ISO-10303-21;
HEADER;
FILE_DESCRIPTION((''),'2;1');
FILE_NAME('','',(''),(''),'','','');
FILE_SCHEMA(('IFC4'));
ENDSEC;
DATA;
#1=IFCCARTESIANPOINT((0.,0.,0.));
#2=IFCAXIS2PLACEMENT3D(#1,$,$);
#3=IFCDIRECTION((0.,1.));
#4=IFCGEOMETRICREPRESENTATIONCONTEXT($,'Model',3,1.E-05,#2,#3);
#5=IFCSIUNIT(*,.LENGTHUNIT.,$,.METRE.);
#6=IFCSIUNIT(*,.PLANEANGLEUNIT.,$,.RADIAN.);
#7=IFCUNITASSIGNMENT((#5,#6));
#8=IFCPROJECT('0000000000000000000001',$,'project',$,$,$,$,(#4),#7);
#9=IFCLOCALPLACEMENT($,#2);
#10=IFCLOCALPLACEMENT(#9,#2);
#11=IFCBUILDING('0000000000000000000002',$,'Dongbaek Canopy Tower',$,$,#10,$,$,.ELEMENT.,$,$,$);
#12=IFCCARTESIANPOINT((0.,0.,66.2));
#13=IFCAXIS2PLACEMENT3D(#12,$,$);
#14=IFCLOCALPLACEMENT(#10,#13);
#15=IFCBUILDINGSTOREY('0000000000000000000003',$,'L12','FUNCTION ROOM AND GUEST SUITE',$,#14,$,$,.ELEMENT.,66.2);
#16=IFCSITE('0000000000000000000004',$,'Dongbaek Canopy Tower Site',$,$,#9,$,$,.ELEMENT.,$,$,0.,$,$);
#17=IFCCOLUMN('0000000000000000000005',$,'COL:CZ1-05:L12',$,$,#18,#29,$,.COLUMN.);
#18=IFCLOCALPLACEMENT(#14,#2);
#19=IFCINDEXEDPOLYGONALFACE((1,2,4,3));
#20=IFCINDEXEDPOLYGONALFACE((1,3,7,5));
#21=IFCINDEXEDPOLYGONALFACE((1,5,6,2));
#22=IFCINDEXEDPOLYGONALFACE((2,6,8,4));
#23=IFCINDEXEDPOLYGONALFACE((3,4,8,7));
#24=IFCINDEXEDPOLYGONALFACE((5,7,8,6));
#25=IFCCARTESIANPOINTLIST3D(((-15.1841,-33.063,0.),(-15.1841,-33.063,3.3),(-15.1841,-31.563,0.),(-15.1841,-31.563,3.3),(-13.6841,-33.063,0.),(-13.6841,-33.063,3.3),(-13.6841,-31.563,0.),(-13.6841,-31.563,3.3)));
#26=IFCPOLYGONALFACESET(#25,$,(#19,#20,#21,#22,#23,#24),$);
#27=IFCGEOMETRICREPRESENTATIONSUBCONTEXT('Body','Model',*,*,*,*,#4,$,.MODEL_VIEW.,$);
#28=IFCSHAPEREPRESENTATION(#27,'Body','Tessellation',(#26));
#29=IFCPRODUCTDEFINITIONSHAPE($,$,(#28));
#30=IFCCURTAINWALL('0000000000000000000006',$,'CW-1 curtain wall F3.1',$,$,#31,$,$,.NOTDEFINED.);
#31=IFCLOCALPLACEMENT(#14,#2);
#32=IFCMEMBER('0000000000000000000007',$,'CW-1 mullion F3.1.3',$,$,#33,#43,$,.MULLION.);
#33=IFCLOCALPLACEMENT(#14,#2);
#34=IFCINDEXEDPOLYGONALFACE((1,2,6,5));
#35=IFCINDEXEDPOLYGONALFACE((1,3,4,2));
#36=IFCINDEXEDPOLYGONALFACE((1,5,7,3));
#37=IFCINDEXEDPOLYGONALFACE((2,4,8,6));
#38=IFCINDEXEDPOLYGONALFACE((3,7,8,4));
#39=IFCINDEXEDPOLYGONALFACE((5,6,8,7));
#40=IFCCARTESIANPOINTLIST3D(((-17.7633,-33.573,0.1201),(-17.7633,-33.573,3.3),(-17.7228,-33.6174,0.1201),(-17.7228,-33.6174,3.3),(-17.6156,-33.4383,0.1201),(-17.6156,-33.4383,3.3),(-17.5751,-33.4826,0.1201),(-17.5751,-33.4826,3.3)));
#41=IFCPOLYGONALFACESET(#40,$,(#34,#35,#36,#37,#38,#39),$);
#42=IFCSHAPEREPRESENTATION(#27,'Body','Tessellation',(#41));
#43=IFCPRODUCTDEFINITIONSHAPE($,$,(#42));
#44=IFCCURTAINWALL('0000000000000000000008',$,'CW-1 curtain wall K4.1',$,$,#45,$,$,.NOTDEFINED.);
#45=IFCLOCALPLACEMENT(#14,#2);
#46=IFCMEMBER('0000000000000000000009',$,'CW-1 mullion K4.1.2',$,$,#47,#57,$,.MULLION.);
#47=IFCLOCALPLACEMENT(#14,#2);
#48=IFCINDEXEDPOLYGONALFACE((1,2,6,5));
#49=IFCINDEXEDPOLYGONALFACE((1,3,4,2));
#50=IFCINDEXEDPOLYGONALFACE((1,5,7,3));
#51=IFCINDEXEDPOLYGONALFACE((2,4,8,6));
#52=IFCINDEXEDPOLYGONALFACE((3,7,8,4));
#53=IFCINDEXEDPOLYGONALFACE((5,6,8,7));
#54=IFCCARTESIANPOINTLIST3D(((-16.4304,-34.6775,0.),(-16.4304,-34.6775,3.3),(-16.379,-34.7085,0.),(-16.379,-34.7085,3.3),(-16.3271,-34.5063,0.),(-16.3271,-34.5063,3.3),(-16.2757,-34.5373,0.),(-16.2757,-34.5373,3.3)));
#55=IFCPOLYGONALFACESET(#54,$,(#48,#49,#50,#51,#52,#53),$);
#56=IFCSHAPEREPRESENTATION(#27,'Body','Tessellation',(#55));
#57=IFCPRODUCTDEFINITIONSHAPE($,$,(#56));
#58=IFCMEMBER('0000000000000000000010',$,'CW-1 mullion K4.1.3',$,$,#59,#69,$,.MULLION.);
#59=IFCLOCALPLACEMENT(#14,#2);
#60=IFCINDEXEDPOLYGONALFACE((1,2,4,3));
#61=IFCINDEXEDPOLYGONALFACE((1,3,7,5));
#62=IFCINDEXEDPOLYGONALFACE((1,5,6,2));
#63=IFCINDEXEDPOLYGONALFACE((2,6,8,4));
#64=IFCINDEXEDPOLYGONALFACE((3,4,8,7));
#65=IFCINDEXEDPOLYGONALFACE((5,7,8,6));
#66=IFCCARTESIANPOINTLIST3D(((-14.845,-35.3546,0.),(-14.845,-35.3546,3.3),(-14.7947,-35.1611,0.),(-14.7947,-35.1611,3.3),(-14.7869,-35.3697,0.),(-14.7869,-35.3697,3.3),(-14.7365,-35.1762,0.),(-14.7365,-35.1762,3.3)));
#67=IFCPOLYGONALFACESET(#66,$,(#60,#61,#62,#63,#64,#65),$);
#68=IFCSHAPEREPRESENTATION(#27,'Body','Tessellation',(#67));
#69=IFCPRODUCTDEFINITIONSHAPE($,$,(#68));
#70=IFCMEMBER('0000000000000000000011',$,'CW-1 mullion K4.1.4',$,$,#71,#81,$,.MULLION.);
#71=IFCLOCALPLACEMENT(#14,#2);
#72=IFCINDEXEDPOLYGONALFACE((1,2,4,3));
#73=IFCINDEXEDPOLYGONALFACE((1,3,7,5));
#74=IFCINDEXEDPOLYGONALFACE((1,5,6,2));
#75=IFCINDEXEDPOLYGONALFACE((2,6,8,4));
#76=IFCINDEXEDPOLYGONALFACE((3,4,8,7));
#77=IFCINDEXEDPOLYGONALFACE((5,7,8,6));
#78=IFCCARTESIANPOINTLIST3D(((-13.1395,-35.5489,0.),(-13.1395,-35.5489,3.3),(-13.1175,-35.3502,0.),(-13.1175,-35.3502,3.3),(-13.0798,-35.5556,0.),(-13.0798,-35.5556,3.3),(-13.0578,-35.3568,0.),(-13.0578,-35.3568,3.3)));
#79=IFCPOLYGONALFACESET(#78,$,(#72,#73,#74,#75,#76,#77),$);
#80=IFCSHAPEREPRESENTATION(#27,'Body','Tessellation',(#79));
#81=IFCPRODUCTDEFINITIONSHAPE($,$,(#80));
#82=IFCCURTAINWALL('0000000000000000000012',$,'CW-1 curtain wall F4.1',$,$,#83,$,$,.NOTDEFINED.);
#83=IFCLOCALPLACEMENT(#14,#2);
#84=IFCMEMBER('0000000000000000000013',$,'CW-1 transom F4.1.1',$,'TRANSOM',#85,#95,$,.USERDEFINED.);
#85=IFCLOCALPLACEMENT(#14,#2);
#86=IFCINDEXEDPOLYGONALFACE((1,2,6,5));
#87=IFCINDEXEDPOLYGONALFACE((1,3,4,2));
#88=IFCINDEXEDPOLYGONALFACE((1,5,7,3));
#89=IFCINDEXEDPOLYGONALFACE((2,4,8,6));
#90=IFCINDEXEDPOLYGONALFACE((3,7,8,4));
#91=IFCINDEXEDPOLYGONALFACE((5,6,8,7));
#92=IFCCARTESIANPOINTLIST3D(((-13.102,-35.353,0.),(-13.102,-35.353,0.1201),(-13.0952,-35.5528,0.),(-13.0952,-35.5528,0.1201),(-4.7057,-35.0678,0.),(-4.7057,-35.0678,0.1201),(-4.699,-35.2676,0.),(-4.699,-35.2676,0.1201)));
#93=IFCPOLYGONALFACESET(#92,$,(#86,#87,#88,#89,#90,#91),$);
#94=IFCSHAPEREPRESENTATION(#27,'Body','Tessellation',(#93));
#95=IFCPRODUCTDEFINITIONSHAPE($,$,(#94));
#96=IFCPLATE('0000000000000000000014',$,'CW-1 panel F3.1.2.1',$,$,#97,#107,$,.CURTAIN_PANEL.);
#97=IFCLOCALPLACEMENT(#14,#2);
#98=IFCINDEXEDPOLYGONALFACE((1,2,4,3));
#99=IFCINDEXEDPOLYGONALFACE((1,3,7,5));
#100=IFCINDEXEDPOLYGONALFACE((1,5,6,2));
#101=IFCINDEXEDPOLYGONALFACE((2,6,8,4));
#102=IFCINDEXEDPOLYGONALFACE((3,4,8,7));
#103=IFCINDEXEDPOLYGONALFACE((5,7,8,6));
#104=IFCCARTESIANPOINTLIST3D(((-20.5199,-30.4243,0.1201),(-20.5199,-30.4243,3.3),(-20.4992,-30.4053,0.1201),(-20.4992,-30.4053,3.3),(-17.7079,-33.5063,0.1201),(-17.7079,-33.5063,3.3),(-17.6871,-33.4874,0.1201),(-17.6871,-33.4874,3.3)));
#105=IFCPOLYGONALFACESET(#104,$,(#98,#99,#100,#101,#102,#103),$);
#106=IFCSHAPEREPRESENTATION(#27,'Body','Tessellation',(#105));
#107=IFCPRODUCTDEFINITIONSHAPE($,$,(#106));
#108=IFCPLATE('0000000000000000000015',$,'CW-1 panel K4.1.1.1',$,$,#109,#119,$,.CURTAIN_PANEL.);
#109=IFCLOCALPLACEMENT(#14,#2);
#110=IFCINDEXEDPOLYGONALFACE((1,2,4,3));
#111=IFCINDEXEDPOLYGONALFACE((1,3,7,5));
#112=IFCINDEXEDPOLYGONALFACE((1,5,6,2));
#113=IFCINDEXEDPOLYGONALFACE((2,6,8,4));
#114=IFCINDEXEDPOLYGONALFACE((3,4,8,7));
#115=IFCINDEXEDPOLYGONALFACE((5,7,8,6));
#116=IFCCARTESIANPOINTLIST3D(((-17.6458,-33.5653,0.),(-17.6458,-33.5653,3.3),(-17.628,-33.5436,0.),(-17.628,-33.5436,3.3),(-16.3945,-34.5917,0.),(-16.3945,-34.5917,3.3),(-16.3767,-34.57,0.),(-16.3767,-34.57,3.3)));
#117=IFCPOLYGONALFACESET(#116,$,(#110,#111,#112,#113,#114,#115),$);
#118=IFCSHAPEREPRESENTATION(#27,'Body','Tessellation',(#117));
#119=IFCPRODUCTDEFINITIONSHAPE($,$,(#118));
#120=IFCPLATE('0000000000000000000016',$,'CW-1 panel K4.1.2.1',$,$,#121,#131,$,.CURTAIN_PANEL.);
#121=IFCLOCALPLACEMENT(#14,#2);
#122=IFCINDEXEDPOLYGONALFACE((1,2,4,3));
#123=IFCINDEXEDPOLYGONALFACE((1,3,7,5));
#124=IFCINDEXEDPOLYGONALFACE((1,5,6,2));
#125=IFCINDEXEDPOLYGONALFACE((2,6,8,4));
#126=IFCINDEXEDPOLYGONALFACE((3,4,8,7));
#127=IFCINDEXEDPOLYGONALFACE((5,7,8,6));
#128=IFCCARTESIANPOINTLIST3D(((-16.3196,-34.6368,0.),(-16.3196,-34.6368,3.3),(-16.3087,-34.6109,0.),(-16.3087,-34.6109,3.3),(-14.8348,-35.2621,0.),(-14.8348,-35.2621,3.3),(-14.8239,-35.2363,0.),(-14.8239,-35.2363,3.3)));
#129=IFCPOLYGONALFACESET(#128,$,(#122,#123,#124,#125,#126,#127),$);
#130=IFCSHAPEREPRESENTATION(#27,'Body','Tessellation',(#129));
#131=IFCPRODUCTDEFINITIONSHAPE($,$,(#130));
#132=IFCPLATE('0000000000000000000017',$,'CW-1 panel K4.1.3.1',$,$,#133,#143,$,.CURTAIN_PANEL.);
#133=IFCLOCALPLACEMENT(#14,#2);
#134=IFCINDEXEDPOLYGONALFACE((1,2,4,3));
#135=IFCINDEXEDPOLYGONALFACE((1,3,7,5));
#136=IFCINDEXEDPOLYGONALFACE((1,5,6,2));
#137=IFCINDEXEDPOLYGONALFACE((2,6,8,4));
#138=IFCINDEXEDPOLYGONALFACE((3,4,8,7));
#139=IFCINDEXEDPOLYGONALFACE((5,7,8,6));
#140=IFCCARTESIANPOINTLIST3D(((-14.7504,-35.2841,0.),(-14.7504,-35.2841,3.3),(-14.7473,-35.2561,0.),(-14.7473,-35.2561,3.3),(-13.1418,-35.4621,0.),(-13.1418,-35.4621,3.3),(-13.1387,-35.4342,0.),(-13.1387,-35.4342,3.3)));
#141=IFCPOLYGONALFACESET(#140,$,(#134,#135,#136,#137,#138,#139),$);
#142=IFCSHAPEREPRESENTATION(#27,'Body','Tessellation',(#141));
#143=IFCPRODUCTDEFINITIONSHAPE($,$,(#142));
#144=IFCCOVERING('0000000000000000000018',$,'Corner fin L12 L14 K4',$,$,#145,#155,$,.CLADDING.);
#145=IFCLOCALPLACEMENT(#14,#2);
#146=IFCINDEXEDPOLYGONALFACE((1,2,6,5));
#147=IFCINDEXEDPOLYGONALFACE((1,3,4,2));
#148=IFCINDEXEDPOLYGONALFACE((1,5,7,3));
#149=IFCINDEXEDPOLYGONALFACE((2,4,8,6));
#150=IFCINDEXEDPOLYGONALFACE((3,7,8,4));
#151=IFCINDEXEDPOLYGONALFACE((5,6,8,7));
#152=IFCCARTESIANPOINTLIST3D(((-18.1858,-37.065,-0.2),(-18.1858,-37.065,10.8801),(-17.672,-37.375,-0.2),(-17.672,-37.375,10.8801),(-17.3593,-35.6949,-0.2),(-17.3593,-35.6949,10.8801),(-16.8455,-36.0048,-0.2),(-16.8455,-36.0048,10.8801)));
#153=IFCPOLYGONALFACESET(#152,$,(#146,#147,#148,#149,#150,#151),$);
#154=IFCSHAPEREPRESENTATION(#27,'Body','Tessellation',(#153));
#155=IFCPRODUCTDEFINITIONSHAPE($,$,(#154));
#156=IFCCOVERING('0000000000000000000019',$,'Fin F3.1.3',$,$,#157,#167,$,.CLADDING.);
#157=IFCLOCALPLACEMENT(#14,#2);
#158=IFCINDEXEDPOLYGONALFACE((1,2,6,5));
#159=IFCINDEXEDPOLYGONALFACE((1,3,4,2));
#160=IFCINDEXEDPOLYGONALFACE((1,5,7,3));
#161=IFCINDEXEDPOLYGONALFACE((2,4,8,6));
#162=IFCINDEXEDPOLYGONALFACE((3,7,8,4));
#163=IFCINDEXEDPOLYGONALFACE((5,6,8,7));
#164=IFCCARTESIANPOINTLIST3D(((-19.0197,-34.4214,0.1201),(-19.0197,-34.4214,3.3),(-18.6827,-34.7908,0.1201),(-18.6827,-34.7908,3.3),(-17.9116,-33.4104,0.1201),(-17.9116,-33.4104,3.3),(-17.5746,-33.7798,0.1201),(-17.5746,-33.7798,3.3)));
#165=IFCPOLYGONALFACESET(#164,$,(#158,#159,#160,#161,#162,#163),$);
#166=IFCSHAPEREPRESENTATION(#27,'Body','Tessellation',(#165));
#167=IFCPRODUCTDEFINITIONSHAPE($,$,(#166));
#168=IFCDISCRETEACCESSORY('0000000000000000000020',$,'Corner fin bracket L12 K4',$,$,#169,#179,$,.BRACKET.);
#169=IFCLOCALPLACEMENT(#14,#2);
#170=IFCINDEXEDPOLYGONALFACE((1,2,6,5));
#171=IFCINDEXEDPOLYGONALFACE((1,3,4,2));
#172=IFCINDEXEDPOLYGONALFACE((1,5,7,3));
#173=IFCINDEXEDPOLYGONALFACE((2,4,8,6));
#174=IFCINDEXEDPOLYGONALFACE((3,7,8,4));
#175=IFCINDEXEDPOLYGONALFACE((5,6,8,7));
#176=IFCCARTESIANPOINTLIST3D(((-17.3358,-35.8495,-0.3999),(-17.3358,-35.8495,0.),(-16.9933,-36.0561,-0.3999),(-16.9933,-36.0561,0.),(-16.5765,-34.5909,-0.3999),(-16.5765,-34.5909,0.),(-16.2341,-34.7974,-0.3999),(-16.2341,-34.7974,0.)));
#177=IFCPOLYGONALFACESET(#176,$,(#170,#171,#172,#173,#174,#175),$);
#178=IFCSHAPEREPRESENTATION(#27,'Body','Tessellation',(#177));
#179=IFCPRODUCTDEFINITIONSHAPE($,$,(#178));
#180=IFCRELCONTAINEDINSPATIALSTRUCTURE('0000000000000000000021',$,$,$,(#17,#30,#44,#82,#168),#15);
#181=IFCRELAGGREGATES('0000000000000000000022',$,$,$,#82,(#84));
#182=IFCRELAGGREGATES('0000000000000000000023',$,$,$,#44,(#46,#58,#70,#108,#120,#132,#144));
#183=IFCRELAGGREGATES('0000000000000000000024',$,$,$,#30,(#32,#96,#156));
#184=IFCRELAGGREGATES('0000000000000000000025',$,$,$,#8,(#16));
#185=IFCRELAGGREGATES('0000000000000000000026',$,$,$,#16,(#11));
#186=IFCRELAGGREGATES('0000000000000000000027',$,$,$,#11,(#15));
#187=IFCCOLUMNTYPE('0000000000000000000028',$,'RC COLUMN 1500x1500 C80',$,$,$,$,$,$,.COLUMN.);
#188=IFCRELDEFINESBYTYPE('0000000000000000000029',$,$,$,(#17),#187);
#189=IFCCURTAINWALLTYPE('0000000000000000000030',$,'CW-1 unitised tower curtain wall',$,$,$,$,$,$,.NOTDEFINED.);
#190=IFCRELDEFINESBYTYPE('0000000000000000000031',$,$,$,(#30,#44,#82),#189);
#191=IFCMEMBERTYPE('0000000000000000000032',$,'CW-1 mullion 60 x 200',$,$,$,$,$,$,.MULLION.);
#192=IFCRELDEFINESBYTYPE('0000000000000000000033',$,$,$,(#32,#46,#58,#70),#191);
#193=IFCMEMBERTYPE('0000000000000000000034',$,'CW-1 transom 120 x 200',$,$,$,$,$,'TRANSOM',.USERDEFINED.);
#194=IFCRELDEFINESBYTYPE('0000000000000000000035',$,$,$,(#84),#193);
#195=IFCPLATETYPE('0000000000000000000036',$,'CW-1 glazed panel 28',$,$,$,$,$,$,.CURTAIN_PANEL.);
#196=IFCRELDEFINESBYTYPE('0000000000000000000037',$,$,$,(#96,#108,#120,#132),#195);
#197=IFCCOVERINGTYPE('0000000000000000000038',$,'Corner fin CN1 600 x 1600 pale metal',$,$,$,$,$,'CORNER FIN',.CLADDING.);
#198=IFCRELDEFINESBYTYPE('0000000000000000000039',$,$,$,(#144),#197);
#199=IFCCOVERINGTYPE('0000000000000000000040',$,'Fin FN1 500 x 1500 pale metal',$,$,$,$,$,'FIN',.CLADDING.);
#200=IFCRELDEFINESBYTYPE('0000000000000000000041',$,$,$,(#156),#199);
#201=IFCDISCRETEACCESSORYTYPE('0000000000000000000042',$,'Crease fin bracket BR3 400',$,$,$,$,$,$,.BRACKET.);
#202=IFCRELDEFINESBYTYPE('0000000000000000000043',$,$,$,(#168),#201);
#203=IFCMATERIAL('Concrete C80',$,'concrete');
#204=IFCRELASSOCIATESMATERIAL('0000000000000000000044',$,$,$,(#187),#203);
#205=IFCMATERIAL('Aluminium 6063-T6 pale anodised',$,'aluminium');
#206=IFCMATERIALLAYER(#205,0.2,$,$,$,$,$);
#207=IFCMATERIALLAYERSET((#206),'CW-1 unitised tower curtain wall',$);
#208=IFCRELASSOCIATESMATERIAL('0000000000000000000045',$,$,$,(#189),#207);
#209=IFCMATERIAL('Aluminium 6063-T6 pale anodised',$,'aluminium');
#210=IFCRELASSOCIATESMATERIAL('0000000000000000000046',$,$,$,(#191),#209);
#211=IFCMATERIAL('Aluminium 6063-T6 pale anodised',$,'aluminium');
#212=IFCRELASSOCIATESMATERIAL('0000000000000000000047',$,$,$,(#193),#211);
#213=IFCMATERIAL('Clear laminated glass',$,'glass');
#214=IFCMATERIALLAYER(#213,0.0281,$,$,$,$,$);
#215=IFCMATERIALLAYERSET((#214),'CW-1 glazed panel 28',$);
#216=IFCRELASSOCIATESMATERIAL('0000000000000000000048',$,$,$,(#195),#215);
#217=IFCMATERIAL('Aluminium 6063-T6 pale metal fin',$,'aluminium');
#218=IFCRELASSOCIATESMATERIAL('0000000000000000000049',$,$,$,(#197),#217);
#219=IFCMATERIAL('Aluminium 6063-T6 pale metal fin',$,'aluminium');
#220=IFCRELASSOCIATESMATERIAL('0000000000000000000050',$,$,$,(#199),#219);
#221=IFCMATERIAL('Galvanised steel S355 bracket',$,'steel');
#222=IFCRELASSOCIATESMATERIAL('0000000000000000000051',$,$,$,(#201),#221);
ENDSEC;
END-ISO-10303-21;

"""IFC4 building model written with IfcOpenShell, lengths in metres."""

from ifc_helpers import new_model, si_unit, direction, frame, origin, origin_2d, place, context, subcontext, project, spatial, rectangle, extrude, material, layer, layer_set, material_profile, profile_set, type_object, element, aggregate, save


model = new_model("IFC4")

# Units and contexts
model_context = context("Model", 3, precision=1e-05, world=origin(), true_north=direction((0.0, 1.0)))
body_context = subcontext(model_context, "Body", "Model", "MODEL_VIEW")
ifc_project = project(units=[si_unit("LENGTHUNIT", "METRE"), si_unit("PLANEANGLEUNIT", "RADIAN")], contexts=[model_context])

# Site, building, storey
site_placement = place(None, origin())
site = spatial("IfcSite", under=ifc_project, at=site_placement, Name="Dongbaek Canopy Tower Site", CompositionType="ELEMENT", RefElevation=0.0)
building_placement = place(site_placement, origin())
building = spatial("IfcBuilding", under=site, at=building_placement, Name="Dongbaek Canopy Tower", CompositionType="ELEMENT")
storey_placement = place(building_placement, frame((0.0, 0.0, 66.2)))
storey = spatial("IfcBuildingStorey", under=building, at=storey_placement, Name="L12", Description="FUNCTION ROOM AND GUEST SUITE", CompositionType="ELEMENT", Elevation=66.2)

# Column
ifc_material_1 = material(Name="Concrete C80", Category="concrete")
ifc_material_profile_1 = material_profile(ifc_material_1, rectangle(XDim=1.5, YDim=1.5, at=origin_2d()), Name="RC COLUMN 1500x1500 C80")
ifc_profile_set_1 = profile_set([ifc_material_profile_1], Name="Concrete C80")
column_type = type_object("IfcColumnType", Name="RC COLUMN 1500x1500 C80", PredefinedType="COLUMN", material=ifc_profile_set_1)
column_placement = place(storey_placement, frame((-14.4341, -32.313, 0.0), z_axis=(0.0, 0.0, 1.0), x_axis=(1.0, 0.0, 0.0)))
element("IfcColumn", 1, at=column_placement, inside=storey, type_object=column_type, Name="COL:CZ1-05:L12", PredefinedType="COLUMN", context=body_context, shape_type="SweptSolid", body=[
    extrude(rectangle(XDim=1.5, YDim=1.5, at=origin_2d()), origin(), (0.0, 0.0, 1.0), 3.3),
])

# Curtain wall, member
ifc_material_2 = material(Name="Aluminium 6063-T6 pale anodised", Category="aluminium")
ifc_layer_1 = layer(ifc_material_2, 0.2)
ifc_layer_set_1 = layer_set([ifc_layer_1], Name="CW-1 unitised tower curtain wall")
curtain_wall_type = type_object("IfcCurtainWallType", Name="CW-1 unitised tower curtain wall", PredefinedType="NOTDEFINED", material=ifc_layer_set_1)
curtain_wall_1_placement = place(storey_placement, origin())
curtain_wall_1 = element("IfcCurtainWall", 2, at=curtain_wall_1_placement, inside=storey, type_object=curtain_wall_type, Name="CW-1 curtain wall F3.1", PredefinedType="NOTDEFINED")
ifc_material_3 = material(Name="Aluminium 6063-T6 pale anodised", Category="aluminium")
ifc_material_profile_2 = material_profile(ifc_material_3, rectangle(XDim=0.2, YDim=0.0601, at=origin_2d()), Name="CW-1 mullion 60 x 200")
ifc_profile_set_2 = profile_set([ifc_material_profile_2], Name="Aluminium 6063-T6 pale anodised")
member_type_1 = type_object("IfcMemberType", Name="CW-1 mullion 60 x 200", PredefinedType="MULLION", material=ifc_profile_set_2)
member_1_placement = place(storey_placement, frame((-17.6692, -33.5278, 0.1201), z_axis=(0.0, 0.0, 1.0), x_axis=(-0.73872, -0.674012, 0.0)))
member_1 = element("IfcMember", 3, at=member_1_placement, type_object=member_type_1, Name="CW-1 mullion F3.1.3", PredefinedType="MULLION", context=body_context, shape_type="SweptSolid", body=[
    extrude(rectangle(XDim=0.2, YDim=0.0601, at=origin_2d()), origin(), (0.0, 0.0, 1.0), 3.1799),
])

# Curtain wall, members
curtain_wall_2_placement = place(storey_placement, origin())
curtain_wall_2 = element("IfcCurtainWall", 4, at=curtain_wall_2_placement, inside=storey, type_object=curtain_wall_type, Name="CW-1 curtain wall K4.1", PredefinedType="NOTDEFINED")
member_2_placement = place(storey_placement, frame((-16.353, -34.6074, 0.0), z_axis=(0.0, 0.0, 1.0), x_axis=(-0.516535, -0.856266, 0.0)))
member_2 = element("IfcMember", 5, at=member_2_placement, type_object=member_type_1, Name="CW-1 mullion K4.1.2", PredefinedType="MULLION", context=body_context, shape_type="SweptSolid", body=[
    extrude(rectangle(XDim=0.2, YDim=0.0601, at=origin_2d()), origin(), (0.0, 0.0, 1.0), 3.3),
])
member_3_placement = place(storey_placement, frame((-14.7908, -35.2654, 0.0), z_axis=(0.0, 0.0, 1.0), x_axis=(-0.251694, -0.967807, 0.0)))
member_3 = element("IfcMember", 6, at=member_3_placement, type_object=member_type_1, Name="CW-1 mullion K4.1.3", PredefinedType="MULLION", context=body_context, shape_type="SweptSolid", body=[
    extrude(rectangle(XDim=0.2, YDim=0.0601, at=origin_2d()), origin(), (0.0, 0.0, 1.0), 3.3),
])
member_4_placement = place(storey_placement, frame((-13.0986, -35.4529, 0.0), z_axis=(0.0, 0.0, 1.0), x_axis=(-0.110022, -0.993929, 0.0)))
member_4 = element("IfcMember", 7, at=member_4_placement, type_object=member_type_1, Name="CW-1 mullion K4.1.4", PredefinedType="MULLION", context=body_context, shape_type="SweptSolid", body=[
    extrude(rectangle(XDim=0.2, YDim=0.0601, at=origin_2d()), origin(), (0.0, 0.0, 1.0), 3.3),
])

# Curtain wall, member
curtain_wall_3_placement = place(storey_placement, origin())
curtain_wall_3 = element("IfcCurtainWall", 8, at=curtain_wall_3_placement, inside=storey, type_object=curtain_wall_type, Name="CW-1 curtain wall F4.1", PredefinedType="NOTDEFINED")
ifc_material_4 = material(Name="Aluminium 6063-T6 pale anodised", Category="aluminium")
ifc_material_profile_3 = material_profile(ifc_material_4, rectangle(XDim=0.2, YDim=0.1201, at=origin_2d()), Name="CW-1 transom 120 x 200")
ifc_profile_set_3 = profile_set([ifc_material_profile_3], Name="Aluminium 6063-T6 pale anodised")
member_type_2 = type_object("IfcMemberType", Name="CW-1 transom 120 x 200", ElementType="TRANSOM", PredefinedType="USERDEFINED", material=ifc_profile_set_3)
member_5_placement = place(storey_placement, frame((-13.0986, -35.4529, 0.0601), z_axis=(0.999424, 0.033943, 0.0), x_axis=(-0.033943, 0.999424, 0.0)))
member_5 = element("IfcMember", 9, at=member_5_placement, type_object=member_type_2, Name="CW-1 transom F4.1.1", ObjectType="TRANSOM", PredefinedType="USERDEFINED", context=body_context, shape_type="SweptSolid", body=[
    extrude(rectangle(XDim=0.2, YDim=0.1201, at=origin_2d()), origin(), (0.0, 0.0, 1.0), 8.4011),
])
aggregate(curtain_wall_3, [member_5])

# Plates
ifc_material_5 = material(Name="Clear laminated glass", Category="glass")
ifc_layer_2 = layer(ifc_material_5, 0.0281)
ifc_layer_set_2 = layer_set([ifc_layer_2], Name="CW-1 glazed panel 28")
plate_type = type_object("IfcPlateType", Name="CW-1 glazed panel 28", PredefinedType="CURTAIN_PANEL", material=ifc_layer_set_2)
plate_1_placement = place(storey_placement, frame((-19.1035, -31.9558, 0.1201), z_axis=(0.0, 0.0, 1.0), x_axis=(0.674012, -0.73872, 0.0)))
plate_1 = element("IfcPlate", 10, at=plate_1_placement, type_object=plate_type, Name="CW-1 panel F3.1.2.1", PredefinedType="CURTAIN_PANEL", context=body_context, shape_type="SweptSolid", body=[
    extrude(rectangle(XDim=4.1721, YDim=0.0281, at=origin_2d()), origin(), (0.0, 0.0, 1.0), 3.1799),
])
plate_2_placement = place(storey_placement, frame((-17.0112, -34.0676, 0.0), z_axis=(0.0, 0.0, 1.0), x_axis=(0.773162, -0.634209, 0.0)))
plate_2 = element("IfcPlate", 11, at=plate_2_placement, type_object=plate_type, Name="CW-1 panel K4.1.1.1", PredefinedType="CURTAIN_PANEL", context=body_context, shape_type="SweptSolid", body=[
    extrude(rectangle(XDim=1.6184, YDim=0.0281, at=origin_2d()), origin(), (0.0, 0.0, 1.0), 3.3),
])
plate_3_placement = place(storey_placement, frame((-15.5718, -34.9365, 0.0), z_axis=(0.0, 0.0, 1.0), x_axis=(0.921599, -0.388142, 0.0)))
plate_3 = element("IfcPlate", 12, at=plate_3_placement, type_object=plate_type, Name="CW-1 panel K4.1.2.1", PredefinedType="CURTAIN_PANEL", context=body_context, shape_type="SweptSolid", body=[
    extrude(rectangle(XDim=1.6111, YDim=0.0281, at=origin_2d()), origin(), (0.0, 0.0, 1.0), 3.3),
])
plate_4_placement = place(storey_placement, frame((-13.9446, -35.3591, 0.0), z_axis=(0.0, 0.0, 1.0), x_axis=(0.993929, -0.110022, 0.0)))
plate_4 = element("IfcPlate", 13, at=plate_4_placement, type_object=plate_type, Name="CW-1 panel K4.1.3.1", PredefinedType="CURTAIN_PANEL", context=body_context, shape_type="SweptSolid", body=[
    extrude(rectangle(XDim=1.6184, YDim=0.0281, at=origin_2d()), origin(), (0.0, 0.0, 1.0), 3.3),
])

# Coverings
ifc_material_6 = material(Name="Aluminium 6063-T6 pale metal fin", Category="aluminium")
ifc_material_profile_4 = material_profile(ifc_material_6, rectangle(XDim=1.6001, YDim=0.6001, at=origin_2d()), Name="Corner fin CN1 600 x 1600 pale metal")
ifc_profile_set_4 = profile_set([ifc_material_profile_4], Name="Aluminium 6063-T6 pale metal fin")
covering_type_1 = type_object("IfcCoveringType", Name="Corner fin CN1 600 x 1600 pale metal", ElementType="CORNER FIN", PredefinedType="CLADDING", material=ifc_profile_set_4)
covering_1_placement = place(storey_placement, frame((-17.5156, -36.5349, -0.2), z_axis=(0.0, 0.0, 1.0), x_axis=(-0.516535, -0.856266, 0.0)))
covering_1 = element("IfcCovering", 14, at=covering_1_placement, type_object=covering_type_1, Name="Corner fin L12 L14 K4", PredefinedType="CLADDING", context=body_context, shape_type="SweptSolid", body=[
    extrude(rectangle(XDim=1.6001, YDim=0.6001, at=origin_2d()), origin(), (0.0, 0.0, 1.0), 11.0801),
])
aggregate(curtain_wall_2, [member_2, member_3, member_4, plate_2, plate_3, plate_4, covering_1])
ifc_material_7 = material(Name="Aluminium 6063-T6 pale metal fin", Category="aluminium")
ifc_material_profile_5 = material_profile(ifc_material_7, rectangle(XDim=1.5, YDim=0.5, at=origin_2d()), Name="Fin FN1 500 x 1500 pale metal")
ifc_profile_set_5 = profile_set([ifc_material_profile_5], Name="Aluminium 6063-T6 pale metal fin")
covering_type_2 = type_object("IfcCoveringType", Name="Fin FN1 500 x 1500 pale metal", ElementType="FIN", PredefinedType="CLADDING", material=ifc_profile_set_5)
covering_2_placement = place(storey_placement, frame((-18.2971, -34.1006, 0.1201), z_axis=(0.0, 0.0, 1.0), x_axis=(-0.73872, -0.674012, 0.0)))
covering_2 = element("IfcCovering", 15, at=covering_2_placement, type_object=covering_type_2, Name="Fin F3.1.3", PredefinedType="CLADDING", context=body_context, shape_type="SweptSolid", body=[
    extrude(rectangle(XDim=1.5, YDim=0.5, at=origin_2d()), origin(), (0.0, 0.0, 1.0), 3.1799),
])
aggregate(curtain_wall_1, [member_1, plate_1, covering_2])

# Discrete accessory
ifc_material_8 = material(Name="Galvanised steel S355 bracket", Category="steel")
discrete_accessory_type = type_object("IfcDiscreteAccessoryType", Name="Crease fin bracket BR3 400", PredefinedType="BRACKET", material=ifc_material_8)
discrete_accessory_placement = place(storey_placement, frame((-16.7849, -35.3235, -0.3999), z_axis=(0.0, 0.0, 1.0), x_axis=(-0.516535, -0.856266, 0.0)))
element("IfcDiscreteAccessory", 16, at=discrete_accessory_placement, inside=storey, type_object=discrete_accessory_type, Name="Corner fin bracket L12 K4", PredefinedType="BRACKET", context=body_context, shape_type="SweptSolid", body=[
    extrude(rectangle(XDim=1.47, YDim=0.3999, at=origin_2d()), origin(), (0.0, 0.0, 1.0), 0.3999),
])

save(model, "model.ifc")
